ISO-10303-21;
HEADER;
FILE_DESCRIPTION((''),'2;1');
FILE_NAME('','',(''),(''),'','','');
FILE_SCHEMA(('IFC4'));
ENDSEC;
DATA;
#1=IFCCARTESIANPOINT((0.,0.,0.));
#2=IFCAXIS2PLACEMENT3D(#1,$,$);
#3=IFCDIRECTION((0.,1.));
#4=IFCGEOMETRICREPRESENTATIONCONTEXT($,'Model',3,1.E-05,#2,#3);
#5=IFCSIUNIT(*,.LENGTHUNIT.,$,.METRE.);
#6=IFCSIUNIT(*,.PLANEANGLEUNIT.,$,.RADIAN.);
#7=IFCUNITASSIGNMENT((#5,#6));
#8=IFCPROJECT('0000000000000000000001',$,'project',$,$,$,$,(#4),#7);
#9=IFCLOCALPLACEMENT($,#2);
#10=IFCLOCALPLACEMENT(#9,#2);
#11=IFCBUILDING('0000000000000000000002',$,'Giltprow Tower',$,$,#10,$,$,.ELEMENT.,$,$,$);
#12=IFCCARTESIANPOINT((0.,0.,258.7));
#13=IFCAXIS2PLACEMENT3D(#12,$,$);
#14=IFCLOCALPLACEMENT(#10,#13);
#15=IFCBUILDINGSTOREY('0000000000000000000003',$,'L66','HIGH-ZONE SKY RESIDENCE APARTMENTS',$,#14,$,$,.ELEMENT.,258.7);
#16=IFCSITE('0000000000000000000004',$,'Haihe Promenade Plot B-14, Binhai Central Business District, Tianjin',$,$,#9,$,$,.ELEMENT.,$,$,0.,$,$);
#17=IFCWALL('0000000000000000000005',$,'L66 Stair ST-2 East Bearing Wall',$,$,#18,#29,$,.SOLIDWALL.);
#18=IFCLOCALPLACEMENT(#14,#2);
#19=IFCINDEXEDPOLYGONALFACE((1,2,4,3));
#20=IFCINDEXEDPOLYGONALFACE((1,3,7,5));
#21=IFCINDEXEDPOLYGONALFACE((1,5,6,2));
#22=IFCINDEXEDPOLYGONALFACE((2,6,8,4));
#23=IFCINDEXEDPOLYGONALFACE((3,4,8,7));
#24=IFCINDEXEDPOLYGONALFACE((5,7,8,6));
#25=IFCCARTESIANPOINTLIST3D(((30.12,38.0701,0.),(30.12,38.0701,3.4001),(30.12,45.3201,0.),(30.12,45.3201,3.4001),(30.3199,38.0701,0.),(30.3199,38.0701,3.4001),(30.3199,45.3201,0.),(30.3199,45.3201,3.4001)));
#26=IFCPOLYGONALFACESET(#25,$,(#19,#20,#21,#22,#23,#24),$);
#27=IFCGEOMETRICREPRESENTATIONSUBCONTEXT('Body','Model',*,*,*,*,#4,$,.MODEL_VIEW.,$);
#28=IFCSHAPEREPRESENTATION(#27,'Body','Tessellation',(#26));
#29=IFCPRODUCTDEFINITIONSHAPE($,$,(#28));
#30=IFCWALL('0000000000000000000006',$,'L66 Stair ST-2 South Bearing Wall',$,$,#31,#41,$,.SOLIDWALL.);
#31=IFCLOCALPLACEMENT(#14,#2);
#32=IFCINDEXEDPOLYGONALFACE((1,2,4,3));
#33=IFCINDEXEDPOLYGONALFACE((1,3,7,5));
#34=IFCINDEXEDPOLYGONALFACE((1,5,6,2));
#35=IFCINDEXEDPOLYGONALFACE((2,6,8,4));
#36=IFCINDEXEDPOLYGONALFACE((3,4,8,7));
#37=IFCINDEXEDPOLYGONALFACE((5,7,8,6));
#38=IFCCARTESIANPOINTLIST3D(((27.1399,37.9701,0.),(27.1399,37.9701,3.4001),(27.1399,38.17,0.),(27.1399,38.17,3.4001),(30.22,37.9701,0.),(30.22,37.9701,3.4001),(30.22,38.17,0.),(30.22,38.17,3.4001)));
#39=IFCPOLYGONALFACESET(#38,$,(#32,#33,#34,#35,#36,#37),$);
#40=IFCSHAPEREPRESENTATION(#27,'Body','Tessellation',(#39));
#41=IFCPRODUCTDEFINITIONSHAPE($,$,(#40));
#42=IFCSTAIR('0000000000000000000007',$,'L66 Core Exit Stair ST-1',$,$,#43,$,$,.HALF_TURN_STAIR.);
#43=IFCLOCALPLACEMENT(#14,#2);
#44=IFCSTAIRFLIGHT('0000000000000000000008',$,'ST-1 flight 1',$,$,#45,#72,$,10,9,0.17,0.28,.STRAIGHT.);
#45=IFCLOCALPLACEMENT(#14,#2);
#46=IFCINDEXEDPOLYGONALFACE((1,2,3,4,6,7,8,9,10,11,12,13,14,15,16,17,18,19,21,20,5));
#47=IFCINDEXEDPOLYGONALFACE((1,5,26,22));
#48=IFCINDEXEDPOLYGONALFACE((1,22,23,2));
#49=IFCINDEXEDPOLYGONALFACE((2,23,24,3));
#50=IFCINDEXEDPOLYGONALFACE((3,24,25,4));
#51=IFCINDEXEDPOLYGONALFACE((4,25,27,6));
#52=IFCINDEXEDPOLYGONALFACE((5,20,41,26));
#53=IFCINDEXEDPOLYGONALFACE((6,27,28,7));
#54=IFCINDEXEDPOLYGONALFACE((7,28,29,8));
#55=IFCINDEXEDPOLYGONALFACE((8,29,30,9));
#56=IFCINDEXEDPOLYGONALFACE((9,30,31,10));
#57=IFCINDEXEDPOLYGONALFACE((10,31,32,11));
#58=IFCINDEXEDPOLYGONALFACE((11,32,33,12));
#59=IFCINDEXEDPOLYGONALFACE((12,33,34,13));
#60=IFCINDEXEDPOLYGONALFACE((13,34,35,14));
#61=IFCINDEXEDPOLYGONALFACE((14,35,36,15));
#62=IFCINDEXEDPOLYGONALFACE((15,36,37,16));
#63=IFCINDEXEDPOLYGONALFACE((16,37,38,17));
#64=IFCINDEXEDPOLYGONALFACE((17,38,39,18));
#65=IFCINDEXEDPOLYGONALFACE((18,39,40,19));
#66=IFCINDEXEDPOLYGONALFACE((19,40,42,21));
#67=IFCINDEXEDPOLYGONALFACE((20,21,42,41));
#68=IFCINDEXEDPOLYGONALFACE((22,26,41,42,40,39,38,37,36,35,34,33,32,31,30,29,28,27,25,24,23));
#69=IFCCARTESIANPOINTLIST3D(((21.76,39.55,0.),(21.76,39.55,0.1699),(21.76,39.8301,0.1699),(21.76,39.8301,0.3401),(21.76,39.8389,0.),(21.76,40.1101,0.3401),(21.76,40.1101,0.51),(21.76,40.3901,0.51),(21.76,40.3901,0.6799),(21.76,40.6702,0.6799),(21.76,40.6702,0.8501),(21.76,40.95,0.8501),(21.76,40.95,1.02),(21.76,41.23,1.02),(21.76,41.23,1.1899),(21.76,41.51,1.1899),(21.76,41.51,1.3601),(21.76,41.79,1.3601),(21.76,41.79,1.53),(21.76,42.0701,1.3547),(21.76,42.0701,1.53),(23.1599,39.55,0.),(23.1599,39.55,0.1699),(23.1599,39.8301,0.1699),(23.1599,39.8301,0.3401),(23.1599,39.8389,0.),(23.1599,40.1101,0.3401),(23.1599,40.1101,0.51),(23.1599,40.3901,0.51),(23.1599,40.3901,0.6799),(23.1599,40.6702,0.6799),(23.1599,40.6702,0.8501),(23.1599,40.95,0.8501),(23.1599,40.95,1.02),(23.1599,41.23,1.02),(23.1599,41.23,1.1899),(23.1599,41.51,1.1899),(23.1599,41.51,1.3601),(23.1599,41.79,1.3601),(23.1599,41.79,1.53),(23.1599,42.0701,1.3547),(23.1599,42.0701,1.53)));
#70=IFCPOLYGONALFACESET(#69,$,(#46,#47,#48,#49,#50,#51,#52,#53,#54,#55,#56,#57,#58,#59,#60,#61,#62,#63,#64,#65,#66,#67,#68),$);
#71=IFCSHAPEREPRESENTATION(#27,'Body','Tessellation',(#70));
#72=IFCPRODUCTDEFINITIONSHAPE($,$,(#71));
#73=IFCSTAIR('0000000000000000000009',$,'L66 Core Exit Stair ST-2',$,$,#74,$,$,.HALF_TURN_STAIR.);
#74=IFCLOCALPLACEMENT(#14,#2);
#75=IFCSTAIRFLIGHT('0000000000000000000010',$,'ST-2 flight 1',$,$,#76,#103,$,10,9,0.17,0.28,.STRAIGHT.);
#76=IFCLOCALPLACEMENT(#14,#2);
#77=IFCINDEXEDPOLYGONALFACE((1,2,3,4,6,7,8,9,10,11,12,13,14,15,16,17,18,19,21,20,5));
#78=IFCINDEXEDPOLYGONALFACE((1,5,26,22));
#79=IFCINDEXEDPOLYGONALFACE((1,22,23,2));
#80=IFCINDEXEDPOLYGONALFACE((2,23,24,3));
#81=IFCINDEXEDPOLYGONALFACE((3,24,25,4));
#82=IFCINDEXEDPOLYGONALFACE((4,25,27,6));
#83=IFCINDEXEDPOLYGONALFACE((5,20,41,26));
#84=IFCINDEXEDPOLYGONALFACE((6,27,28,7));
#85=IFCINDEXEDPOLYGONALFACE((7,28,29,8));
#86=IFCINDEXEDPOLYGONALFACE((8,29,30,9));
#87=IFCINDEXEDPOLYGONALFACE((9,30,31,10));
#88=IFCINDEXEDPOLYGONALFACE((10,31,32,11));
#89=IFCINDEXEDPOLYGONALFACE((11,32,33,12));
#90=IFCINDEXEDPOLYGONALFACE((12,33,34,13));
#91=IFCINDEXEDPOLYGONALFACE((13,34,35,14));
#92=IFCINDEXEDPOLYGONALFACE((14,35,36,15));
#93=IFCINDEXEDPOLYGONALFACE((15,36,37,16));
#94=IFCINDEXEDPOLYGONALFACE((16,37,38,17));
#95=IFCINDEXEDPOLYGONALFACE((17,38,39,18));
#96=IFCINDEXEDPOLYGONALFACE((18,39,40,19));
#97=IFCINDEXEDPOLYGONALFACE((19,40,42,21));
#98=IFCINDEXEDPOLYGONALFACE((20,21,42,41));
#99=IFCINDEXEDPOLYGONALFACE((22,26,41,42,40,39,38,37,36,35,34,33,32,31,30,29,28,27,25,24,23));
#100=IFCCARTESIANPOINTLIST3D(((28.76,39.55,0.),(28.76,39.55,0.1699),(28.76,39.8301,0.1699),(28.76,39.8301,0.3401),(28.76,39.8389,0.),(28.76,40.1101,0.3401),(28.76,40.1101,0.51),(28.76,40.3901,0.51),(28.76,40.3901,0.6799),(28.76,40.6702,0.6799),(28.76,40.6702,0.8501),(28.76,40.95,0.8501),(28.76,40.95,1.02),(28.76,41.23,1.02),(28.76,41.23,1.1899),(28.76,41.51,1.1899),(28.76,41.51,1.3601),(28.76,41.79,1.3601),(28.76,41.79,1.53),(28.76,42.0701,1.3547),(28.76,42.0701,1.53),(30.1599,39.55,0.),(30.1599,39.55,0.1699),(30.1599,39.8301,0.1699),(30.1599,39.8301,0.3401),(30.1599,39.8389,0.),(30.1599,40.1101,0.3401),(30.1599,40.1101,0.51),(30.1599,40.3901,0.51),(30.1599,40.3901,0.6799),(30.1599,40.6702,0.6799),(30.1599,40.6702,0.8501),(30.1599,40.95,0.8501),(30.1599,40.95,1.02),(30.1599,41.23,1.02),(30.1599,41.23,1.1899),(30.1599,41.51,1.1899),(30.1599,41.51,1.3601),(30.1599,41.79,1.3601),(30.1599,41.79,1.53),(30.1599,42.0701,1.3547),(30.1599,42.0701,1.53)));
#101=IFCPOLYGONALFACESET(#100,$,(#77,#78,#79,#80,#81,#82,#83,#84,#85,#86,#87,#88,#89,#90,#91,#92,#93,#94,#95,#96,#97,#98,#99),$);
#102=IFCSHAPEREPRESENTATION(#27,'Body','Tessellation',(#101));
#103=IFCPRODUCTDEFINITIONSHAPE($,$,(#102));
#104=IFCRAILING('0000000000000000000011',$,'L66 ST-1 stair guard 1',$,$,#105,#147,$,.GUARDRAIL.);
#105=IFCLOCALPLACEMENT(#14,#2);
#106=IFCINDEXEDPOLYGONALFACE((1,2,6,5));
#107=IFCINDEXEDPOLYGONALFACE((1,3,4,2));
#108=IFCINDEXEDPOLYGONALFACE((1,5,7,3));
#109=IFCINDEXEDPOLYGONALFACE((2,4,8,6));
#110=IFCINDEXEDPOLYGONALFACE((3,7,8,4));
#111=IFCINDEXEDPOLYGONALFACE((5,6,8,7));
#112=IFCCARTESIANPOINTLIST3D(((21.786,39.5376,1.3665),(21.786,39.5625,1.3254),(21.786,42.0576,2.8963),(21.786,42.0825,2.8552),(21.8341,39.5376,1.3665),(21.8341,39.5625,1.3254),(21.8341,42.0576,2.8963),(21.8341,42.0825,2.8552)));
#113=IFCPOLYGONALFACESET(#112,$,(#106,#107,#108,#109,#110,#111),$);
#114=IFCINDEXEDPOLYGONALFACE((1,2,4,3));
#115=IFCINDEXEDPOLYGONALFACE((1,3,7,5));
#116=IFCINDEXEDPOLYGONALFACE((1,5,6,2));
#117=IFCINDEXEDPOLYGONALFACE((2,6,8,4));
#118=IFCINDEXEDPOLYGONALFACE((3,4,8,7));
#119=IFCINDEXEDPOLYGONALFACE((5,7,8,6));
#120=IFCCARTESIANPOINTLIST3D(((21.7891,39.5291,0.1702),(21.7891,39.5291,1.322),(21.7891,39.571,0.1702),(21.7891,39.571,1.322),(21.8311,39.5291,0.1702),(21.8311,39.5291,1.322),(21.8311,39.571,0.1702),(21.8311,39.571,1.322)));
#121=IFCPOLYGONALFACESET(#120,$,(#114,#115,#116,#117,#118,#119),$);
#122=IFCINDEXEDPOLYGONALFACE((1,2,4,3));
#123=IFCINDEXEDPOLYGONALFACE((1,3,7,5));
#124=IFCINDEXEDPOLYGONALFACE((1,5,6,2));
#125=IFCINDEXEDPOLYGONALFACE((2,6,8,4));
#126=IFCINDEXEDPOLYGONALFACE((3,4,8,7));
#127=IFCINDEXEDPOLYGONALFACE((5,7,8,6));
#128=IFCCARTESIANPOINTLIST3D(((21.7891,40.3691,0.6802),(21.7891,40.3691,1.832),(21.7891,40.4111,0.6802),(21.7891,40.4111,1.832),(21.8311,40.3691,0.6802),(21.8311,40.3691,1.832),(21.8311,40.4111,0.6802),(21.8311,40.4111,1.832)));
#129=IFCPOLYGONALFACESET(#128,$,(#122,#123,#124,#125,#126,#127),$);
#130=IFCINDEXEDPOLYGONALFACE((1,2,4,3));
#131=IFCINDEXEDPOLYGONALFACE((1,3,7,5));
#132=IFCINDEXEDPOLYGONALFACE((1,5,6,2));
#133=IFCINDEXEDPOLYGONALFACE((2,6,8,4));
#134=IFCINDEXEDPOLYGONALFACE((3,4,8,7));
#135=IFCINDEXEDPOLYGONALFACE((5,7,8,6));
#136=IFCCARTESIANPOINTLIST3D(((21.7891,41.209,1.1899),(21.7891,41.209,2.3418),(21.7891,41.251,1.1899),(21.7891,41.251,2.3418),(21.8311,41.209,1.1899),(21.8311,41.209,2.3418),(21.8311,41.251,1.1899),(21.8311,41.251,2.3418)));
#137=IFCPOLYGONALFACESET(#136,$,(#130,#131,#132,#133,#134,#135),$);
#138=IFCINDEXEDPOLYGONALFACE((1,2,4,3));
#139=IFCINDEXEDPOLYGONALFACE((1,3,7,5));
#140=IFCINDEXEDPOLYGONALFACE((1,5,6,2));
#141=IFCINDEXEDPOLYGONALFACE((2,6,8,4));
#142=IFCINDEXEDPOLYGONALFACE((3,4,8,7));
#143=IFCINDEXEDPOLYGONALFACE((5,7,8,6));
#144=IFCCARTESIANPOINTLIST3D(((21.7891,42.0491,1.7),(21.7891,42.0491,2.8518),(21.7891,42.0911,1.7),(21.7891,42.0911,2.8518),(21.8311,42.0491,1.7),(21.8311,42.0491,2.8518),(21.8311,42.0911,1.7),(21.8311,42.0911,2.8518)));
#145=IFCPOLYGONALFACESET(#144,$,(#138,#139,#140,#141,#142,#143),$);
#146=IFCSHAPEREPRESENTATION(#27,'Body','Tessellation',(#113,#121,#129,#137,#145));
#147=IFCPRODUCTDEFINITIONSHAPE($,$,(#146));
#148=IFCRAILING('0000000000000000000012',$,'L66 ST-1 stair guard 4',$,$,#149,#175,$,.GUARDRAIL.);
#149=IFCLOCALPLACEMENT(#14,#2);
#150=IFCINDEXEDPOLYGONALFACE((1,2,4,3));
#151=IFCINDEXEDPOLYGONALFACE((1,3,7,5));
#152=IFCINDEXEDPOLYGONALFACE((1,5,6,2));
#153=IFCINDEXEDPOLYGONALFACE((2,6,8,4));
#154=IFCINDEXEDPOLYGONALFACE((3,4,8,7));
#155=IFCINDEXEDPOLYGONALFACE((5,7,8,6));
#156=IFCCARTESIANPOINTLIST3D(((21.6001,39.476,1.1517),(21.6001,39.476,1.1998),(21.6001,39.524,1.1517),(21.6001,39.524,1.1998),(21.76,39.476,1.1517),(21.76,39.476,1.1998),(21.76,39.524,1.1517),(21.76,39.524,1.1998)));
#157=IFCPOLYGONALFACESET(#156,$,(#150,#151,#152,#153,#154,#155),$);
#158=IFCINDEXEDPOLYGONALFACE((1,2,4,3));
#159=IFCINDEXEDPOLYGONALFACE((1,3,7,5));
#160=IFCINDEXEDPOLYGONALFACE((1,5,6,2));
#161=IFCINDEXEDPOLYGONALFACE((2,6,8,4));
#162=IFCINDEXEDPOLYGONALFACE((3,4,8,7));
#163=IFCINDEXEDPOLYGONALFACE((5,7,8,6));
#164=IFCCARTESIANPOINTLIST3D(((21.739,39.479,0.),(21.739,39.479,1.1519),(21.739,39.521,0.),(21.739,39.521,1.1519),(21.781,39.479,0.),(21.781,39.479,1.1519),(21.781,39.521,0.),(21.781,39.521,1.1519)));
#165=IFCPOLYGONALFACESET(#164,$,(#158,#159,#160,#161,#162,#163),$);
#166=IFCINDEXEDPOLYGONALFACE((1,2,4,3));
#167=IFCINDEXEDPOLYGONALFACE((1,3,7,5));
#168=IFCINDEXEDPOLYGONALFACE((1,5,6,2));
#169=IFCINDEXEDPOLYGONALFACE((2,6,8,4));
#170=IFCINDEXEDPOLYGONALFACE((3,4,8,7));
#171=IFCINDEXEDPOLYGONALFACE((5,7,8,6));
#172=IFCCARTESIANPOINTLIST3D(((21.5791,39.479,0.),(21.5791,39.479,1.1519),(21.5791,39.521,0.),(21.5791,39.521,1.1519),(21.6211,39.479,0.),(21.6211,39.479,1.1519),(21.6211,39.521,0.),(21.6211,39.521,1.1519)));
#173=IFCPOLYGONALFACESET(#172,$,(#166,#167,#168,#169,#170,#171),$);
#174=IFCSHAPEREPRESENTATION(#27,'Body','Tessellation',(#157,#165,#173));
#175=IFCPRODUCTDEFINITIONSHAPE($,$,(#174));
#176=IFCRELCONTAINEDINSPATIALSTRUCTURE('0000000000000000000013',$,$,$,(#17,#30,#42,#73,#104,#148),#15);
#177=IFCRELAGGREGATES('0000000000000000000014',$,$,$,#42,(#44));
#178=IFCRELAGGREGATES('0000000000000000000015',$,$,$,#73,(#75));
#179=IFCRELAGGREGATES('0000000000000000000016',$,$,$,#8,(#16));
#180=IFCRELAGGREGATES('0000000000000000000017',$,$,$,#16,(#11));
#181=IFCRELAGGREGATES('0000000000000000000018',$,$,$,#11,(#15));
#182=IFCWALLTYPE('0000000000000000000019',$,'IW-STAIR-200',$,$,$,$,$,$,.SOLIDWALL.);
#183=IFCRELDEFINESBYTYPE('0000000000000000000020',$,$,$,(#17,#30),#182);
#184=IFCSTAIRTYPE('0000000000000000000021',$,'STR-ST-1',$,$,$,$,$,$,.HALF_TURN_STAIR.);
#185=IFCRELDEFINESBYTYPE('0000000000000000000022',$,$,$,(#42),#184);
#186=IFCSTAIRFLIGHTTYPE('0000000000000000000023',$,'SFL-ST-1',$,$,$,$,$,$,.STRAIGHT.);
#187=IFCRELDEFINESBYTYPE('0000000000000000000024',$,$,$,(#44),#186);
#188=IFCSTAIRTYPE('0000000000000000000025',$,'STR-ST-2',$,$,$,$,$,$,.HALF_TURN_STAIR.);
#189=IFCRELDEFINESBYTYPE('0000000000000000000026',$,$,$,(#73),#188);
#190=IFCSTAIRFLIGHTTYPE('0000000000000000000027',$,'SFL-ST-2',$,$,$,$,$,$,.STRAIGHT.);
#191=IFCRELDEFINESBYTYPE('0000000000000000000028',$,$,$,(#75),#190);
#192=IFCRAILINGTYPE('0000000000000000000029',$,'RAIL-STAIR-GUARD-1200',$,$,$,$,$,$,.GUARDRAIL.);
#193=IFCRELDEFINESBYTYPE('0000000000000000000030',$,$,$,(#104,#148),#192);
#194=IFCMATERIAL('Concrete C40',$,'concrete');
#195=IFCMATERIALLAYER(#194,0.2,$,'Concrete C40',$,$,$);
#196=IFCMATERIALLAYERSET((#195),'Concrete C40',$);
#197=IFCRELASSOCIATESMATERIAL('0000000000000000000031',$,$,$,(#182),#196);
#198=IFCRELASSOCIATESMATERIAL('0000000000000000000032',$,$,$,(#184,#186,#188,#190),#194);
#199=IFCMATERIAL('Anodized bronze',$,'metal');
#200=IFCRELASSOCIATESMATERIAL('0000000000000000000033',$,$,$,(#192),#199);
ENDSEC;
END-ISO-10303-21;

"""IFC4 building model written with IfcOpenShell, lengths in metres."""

from ifc_helpers import new_model, si_unit, direction, frame, frame_2d, origin, origin_2d, place, context, subcontext, project, spatial, polyline, rectangle, outline, extrude, material, layer, layer_set, type_object, element, aggregate, save


model = new_model("IFC4")

# Units and contexts
model_context = context("Model", 3, precision=1e-05, world=origin(), true_north=direction((0.0, 1.0)))
body_context = subcontext(model_context, "Body", "Model", "MODEL_VIEW")
ifc_project = project(units=[si_unit("LENGTHUNIT", "METRE"), si_unit("PLANEANGLEUNIT", "RADIAN")], contexts=[model_context])

# Site, building, storey
site_placement = place(None, origin())
site = spatial("IfcSite", under=ifc_project, at=site_placement, Name="Haihe Promenade Plot B-14, Binhai Central Business District, Tianjin", CompositionType="ELEMENT", RefElevation=0.0)
building_placement = place(site_placement, origin())
building = spatial("IfcBuilding", under=site, at=building_placement, Name="Giltprow Tower", CompositionType="ELEMENT")
storey_placement = place(building_placement, frame((0.0, 0.0, 258.7)))
storey = spatial("IfcBuildingStorey", under=building, at=storey_placement, Name="L66", Description="HIGH-ZONE SKY RESIDENCE APARTMENTS", CompositionType="ELEMENT", Elevation=258.7)

# Shared definitions
ifc_material_1 = material(Name="Concrete C40", Category="concrete")
ifc_layer_1 = layer(ifc_material_1, 0.2, Name="Concrete C40")
ifc_layer_set_1 = layer_set([ifc_layer_1], Name="Concrete C40")
wall_type_1 = type_object("IfcWallType", Name="IW-STAIR-200", PredefinedType="SOLIDWALL", material=ifc_layer_set_1)

# Walls
wall_1_placement = place(storey_placement, frame((30.22, 38.0701, 0.0), z_axis=(0.0, 0.0, 1.0), x_axis=(0.0, 1.0, 0.0)))
element("IfcWall", 1, at=wall_1_placement, inside=storey, type_object=wall_type_1, Name="L66 Stair ST-2 East Bearing Wall", PredefinedType="SOLIDWALL", context=body_context, shape_type="SweptSolid", body=[
    extrude(rectangle(XDim=7.25, YDim=0.2, at=frame_2d((3.625, 0.0))), origin(), (0.0, 0.0, 1.0), 3.4001),
])
wall_2_placement = place(storey_placement, frame((27.1399, 38.0701, 0.0), z_axis=(0.0, 0.0, 1.0), x_axis=(1.0, 0.0, 0.0)))
element("IfcWall", 2, at=wall_2_placement, inside=storey, type_object=wall_type_1, Name="L66 Stair ST-2 South Bearing Wall", PredefinedType="SOLIDWALL", context=body_context, shape_type="SweptSolid", body=[
    extrude(rectangle(XDim=3.0801, YDim=0.2, at=frame_2d((1.54, 0.0))), origin(), (0.0, 0.0, 1.0), 3.4001),
])

# Stairs, stair flights
stair_type_1 = type_object("IfcStairType", Name="STR-ST-1", PredefinedType="HALF_TURN_STAIR", material=ifc_material_1)
stair_1_placement = place(storey_placement, origin())
stair_1 = element("IfcStair", 3, at=stair_1_placement, inside=storey, type_object=stair_type_1, Name="L66 Core Exit Stair ST-1", PredefinedType="HALF_TURN_STAIR")
stair_flight_type_1 = type_object("IfcStairFlightType", Name="SFL-ST-1", PredefinedType="STRAIGHT", material=ifc_material_1)
stair_flight_1_placement = place(storey_placement, frame((22.46, 39.55, 0.0), z_axis=(0.0, 0.0, 1.0), x_axis=(0.0, 1.0, 0.0)))
stair_flight_1 = element("IfcStairFlight", 4, at=stair_flight_1_placement, type_object=stair_flight_type_1, Name="ST-1 flight 1", NumberOfRisers=10, NumberOfTreads=9, PredefinedType="STRAIGHT", RiserHeight=0.17, TreadLength=0.28, context=body_context, shape_type="SweptSolid", body=[
    extrude(outline(polyline([(0.0, 0.0), (0.0, 0.1699), (0.28, 0.1699), (0.28, 0.3401), (0.5601, 0.3401), (0.5601, 0.51), (0.8401, 0.51), (0.8401, 0.6799), (1.1201, 0.6799), (1.1201, 0.8501), (1.3999, 0.8501), (1.3999, 1.02), (1.6799, 1.02), (1.6799, 1.1899), (1.96, 1.1899), (1.96, 1.3601), (2.24, 1.3601), (2.24, 1.53), (2.52, 1.53), (2.52, 1.7), (2.52, 1.3547), (0.2888, 0.0), (0.0, 0.0)])), frame((0.0, 0.7, 0.0), z_axis=(0.0, -1.0, 0.0), x_axis=(1.0, 0.0, 0.0)), (0.0, 0.0, 1.0), 1.3999),
])
aggregate(stair_1, [stair_flight_1])
stair_type_2 = type_object("IfcStairType", Name="STR-ST-2", PredefinedType="HALF_TURN_STAIR", material=ifc_material_1)
stair_2_placement = place(storey_placement, origin())
stair_2 = element("IfcStair", 5, at=stair_2_placement, inside=storey, type_object=stair_type_2, Name="L66 Core Exit Stair ST-2", PredefinedType="HALF_TURN_STAIR")
stair_flight_type_2 = type_object("IfcStairFlightType", Name="SFL-ST-2", PredefinedType="STRAIGHT", material=ifc_material_1)
stair_flight_2_placement = place(storey_placement, frame((29.46, 39.55, 0.0), z_axis=(0.0, 0.0, 1.0), x_axis=(0.0, 1.0, 0.0)))
stair_flight_2 = element("IfcStairFlight", 6, at=stair_flight_2_placement, type_object=stair_flight_type_2, Name="ST-2 flight 1", NumberOfRisers=10, NumberOfTreads=9, PredefinedType="STRAIGHT", RiserHeight=0.17, TreadLength=0.28, context=body_context, shape_type="SweptSolid", body=[
    extrude(outline(polyline([(0.0, 0.0), (0.0, 0.1699), (0.28, 0.1699), (0.28, 0.3401), (0.5601, 0.3401), (0.5601, 0.51), (0.8401, 0.51), (0.8401, 0.6799), (1.1201, 0.6799), (1.1201, 0.8501), (1.3999, 0.8501), (1.3999, 1.02), (1.6799, 1.02), (1.6799, 1.1899), (1.96, 1.1899), (1.96, 1.3601), (2.24, 1.3601), (2.24, 1.53), (2.52, 1.53), (2.52, 1.7), (2.52, 1.3547), (0.2888, 0.0), (0.0, 0.0)])), frame((0.0, 0.7, 0.0), z_axis=(0.0, -1.0, 0.0), x_axis=(1.0, 0.0, 0.0)), (0.0, 0.0, 1.0), 1.3999),
])
aggregate(stair_2, [stair_flight_2])

# Railings
ifc_material_2 = material(Name="Anodized bronze", Category="metal")
railing_type_1 = type_object("IfcRailingType", Name="RAIL-STAIR-GUARD-1200", PredefinedType="GUARDRAIL", material=ifc_material_2)
railing_1_placement = place(storey_placement, frame((21.8101, 39.55, 0.1702)))
element("IfcRailing", 7, at=railing_1_placement, inside=storey, type_object=railing_type_1, Name="L66 ST-1 stair guard 1", PredefinedType="GUARDRAIL", context=body_context, shape_type="SweptSolid", body=[
    extrude(rectangle(XDim=0.0481, YDim=0.0481, at=origin_2d()), frame((0.0, 0.0, 1.1758), z_axis=(0.0, 0.854822, 0.518922), x_axis=(-1.0, 0.0, 0.0)), (0.0, 0.0, 1.0), 2.948),
    extrude(rectangle(XDim=0.042, YDim=0.042, at=origin_2d()), origin(), (0.0, 0.0, 1.0), 1.1519),
    extrude(rectangle(XDim=0.042, YDim=0.042, at=origin_2d()), frame((0.0, 0.8401, 0.51)), (0.0, 0.0, 1.0), 1.1519),
    extrude(rectangle(XDim=0.042, YDim=0.042, at=origin_2d()), frame((0.0, 1.6799, 1.0198)), (0.0, 0.0, 1.0), 1.1519),
    extrude(rectangle(XDim=0.042, YDim=0.042, at=origin_2d()), frame((0.0, 2.52, 1.5298)), (0.0, 0.0, 1.0), 1.1519),
])
railing_2_placement = place(storey_placement, frame((21.76, 39.5, 0.0)))
element("IfcRailing", 8, at=railing_2_placement, inside=storey, type_object=railing_type_1, Name="L66 ST-1 stair guard 4", PredefinedType="GUARDRAIL", context=body_context, shape_type="SweptSolid", body=[
    extrude(rectangle(XDim=0.0481, YDim=0.0481, at=origin_2d()), frame((0.0, 0.0, 1.1758), z_axis=(-1.0, 0.0, 0.0), x_axis=(0.0, -1.0, 0.0)), (0.0, 0.0, 1.0), 0.1599),
    extrude(rectangle(XDim=0.042, YDim=0.042, at=origin_2d()), origin(), (0.0, 0.0, 1.0), 1.1519),
    extrude(rectangle(XDim=0.042, YDim=0.042, at=origin_2d()), frame((-0.1599, 0.0, 0.0)), (0.0, 0.0, 1.0), 1.1519),
])

save(model, "model.ifc")
